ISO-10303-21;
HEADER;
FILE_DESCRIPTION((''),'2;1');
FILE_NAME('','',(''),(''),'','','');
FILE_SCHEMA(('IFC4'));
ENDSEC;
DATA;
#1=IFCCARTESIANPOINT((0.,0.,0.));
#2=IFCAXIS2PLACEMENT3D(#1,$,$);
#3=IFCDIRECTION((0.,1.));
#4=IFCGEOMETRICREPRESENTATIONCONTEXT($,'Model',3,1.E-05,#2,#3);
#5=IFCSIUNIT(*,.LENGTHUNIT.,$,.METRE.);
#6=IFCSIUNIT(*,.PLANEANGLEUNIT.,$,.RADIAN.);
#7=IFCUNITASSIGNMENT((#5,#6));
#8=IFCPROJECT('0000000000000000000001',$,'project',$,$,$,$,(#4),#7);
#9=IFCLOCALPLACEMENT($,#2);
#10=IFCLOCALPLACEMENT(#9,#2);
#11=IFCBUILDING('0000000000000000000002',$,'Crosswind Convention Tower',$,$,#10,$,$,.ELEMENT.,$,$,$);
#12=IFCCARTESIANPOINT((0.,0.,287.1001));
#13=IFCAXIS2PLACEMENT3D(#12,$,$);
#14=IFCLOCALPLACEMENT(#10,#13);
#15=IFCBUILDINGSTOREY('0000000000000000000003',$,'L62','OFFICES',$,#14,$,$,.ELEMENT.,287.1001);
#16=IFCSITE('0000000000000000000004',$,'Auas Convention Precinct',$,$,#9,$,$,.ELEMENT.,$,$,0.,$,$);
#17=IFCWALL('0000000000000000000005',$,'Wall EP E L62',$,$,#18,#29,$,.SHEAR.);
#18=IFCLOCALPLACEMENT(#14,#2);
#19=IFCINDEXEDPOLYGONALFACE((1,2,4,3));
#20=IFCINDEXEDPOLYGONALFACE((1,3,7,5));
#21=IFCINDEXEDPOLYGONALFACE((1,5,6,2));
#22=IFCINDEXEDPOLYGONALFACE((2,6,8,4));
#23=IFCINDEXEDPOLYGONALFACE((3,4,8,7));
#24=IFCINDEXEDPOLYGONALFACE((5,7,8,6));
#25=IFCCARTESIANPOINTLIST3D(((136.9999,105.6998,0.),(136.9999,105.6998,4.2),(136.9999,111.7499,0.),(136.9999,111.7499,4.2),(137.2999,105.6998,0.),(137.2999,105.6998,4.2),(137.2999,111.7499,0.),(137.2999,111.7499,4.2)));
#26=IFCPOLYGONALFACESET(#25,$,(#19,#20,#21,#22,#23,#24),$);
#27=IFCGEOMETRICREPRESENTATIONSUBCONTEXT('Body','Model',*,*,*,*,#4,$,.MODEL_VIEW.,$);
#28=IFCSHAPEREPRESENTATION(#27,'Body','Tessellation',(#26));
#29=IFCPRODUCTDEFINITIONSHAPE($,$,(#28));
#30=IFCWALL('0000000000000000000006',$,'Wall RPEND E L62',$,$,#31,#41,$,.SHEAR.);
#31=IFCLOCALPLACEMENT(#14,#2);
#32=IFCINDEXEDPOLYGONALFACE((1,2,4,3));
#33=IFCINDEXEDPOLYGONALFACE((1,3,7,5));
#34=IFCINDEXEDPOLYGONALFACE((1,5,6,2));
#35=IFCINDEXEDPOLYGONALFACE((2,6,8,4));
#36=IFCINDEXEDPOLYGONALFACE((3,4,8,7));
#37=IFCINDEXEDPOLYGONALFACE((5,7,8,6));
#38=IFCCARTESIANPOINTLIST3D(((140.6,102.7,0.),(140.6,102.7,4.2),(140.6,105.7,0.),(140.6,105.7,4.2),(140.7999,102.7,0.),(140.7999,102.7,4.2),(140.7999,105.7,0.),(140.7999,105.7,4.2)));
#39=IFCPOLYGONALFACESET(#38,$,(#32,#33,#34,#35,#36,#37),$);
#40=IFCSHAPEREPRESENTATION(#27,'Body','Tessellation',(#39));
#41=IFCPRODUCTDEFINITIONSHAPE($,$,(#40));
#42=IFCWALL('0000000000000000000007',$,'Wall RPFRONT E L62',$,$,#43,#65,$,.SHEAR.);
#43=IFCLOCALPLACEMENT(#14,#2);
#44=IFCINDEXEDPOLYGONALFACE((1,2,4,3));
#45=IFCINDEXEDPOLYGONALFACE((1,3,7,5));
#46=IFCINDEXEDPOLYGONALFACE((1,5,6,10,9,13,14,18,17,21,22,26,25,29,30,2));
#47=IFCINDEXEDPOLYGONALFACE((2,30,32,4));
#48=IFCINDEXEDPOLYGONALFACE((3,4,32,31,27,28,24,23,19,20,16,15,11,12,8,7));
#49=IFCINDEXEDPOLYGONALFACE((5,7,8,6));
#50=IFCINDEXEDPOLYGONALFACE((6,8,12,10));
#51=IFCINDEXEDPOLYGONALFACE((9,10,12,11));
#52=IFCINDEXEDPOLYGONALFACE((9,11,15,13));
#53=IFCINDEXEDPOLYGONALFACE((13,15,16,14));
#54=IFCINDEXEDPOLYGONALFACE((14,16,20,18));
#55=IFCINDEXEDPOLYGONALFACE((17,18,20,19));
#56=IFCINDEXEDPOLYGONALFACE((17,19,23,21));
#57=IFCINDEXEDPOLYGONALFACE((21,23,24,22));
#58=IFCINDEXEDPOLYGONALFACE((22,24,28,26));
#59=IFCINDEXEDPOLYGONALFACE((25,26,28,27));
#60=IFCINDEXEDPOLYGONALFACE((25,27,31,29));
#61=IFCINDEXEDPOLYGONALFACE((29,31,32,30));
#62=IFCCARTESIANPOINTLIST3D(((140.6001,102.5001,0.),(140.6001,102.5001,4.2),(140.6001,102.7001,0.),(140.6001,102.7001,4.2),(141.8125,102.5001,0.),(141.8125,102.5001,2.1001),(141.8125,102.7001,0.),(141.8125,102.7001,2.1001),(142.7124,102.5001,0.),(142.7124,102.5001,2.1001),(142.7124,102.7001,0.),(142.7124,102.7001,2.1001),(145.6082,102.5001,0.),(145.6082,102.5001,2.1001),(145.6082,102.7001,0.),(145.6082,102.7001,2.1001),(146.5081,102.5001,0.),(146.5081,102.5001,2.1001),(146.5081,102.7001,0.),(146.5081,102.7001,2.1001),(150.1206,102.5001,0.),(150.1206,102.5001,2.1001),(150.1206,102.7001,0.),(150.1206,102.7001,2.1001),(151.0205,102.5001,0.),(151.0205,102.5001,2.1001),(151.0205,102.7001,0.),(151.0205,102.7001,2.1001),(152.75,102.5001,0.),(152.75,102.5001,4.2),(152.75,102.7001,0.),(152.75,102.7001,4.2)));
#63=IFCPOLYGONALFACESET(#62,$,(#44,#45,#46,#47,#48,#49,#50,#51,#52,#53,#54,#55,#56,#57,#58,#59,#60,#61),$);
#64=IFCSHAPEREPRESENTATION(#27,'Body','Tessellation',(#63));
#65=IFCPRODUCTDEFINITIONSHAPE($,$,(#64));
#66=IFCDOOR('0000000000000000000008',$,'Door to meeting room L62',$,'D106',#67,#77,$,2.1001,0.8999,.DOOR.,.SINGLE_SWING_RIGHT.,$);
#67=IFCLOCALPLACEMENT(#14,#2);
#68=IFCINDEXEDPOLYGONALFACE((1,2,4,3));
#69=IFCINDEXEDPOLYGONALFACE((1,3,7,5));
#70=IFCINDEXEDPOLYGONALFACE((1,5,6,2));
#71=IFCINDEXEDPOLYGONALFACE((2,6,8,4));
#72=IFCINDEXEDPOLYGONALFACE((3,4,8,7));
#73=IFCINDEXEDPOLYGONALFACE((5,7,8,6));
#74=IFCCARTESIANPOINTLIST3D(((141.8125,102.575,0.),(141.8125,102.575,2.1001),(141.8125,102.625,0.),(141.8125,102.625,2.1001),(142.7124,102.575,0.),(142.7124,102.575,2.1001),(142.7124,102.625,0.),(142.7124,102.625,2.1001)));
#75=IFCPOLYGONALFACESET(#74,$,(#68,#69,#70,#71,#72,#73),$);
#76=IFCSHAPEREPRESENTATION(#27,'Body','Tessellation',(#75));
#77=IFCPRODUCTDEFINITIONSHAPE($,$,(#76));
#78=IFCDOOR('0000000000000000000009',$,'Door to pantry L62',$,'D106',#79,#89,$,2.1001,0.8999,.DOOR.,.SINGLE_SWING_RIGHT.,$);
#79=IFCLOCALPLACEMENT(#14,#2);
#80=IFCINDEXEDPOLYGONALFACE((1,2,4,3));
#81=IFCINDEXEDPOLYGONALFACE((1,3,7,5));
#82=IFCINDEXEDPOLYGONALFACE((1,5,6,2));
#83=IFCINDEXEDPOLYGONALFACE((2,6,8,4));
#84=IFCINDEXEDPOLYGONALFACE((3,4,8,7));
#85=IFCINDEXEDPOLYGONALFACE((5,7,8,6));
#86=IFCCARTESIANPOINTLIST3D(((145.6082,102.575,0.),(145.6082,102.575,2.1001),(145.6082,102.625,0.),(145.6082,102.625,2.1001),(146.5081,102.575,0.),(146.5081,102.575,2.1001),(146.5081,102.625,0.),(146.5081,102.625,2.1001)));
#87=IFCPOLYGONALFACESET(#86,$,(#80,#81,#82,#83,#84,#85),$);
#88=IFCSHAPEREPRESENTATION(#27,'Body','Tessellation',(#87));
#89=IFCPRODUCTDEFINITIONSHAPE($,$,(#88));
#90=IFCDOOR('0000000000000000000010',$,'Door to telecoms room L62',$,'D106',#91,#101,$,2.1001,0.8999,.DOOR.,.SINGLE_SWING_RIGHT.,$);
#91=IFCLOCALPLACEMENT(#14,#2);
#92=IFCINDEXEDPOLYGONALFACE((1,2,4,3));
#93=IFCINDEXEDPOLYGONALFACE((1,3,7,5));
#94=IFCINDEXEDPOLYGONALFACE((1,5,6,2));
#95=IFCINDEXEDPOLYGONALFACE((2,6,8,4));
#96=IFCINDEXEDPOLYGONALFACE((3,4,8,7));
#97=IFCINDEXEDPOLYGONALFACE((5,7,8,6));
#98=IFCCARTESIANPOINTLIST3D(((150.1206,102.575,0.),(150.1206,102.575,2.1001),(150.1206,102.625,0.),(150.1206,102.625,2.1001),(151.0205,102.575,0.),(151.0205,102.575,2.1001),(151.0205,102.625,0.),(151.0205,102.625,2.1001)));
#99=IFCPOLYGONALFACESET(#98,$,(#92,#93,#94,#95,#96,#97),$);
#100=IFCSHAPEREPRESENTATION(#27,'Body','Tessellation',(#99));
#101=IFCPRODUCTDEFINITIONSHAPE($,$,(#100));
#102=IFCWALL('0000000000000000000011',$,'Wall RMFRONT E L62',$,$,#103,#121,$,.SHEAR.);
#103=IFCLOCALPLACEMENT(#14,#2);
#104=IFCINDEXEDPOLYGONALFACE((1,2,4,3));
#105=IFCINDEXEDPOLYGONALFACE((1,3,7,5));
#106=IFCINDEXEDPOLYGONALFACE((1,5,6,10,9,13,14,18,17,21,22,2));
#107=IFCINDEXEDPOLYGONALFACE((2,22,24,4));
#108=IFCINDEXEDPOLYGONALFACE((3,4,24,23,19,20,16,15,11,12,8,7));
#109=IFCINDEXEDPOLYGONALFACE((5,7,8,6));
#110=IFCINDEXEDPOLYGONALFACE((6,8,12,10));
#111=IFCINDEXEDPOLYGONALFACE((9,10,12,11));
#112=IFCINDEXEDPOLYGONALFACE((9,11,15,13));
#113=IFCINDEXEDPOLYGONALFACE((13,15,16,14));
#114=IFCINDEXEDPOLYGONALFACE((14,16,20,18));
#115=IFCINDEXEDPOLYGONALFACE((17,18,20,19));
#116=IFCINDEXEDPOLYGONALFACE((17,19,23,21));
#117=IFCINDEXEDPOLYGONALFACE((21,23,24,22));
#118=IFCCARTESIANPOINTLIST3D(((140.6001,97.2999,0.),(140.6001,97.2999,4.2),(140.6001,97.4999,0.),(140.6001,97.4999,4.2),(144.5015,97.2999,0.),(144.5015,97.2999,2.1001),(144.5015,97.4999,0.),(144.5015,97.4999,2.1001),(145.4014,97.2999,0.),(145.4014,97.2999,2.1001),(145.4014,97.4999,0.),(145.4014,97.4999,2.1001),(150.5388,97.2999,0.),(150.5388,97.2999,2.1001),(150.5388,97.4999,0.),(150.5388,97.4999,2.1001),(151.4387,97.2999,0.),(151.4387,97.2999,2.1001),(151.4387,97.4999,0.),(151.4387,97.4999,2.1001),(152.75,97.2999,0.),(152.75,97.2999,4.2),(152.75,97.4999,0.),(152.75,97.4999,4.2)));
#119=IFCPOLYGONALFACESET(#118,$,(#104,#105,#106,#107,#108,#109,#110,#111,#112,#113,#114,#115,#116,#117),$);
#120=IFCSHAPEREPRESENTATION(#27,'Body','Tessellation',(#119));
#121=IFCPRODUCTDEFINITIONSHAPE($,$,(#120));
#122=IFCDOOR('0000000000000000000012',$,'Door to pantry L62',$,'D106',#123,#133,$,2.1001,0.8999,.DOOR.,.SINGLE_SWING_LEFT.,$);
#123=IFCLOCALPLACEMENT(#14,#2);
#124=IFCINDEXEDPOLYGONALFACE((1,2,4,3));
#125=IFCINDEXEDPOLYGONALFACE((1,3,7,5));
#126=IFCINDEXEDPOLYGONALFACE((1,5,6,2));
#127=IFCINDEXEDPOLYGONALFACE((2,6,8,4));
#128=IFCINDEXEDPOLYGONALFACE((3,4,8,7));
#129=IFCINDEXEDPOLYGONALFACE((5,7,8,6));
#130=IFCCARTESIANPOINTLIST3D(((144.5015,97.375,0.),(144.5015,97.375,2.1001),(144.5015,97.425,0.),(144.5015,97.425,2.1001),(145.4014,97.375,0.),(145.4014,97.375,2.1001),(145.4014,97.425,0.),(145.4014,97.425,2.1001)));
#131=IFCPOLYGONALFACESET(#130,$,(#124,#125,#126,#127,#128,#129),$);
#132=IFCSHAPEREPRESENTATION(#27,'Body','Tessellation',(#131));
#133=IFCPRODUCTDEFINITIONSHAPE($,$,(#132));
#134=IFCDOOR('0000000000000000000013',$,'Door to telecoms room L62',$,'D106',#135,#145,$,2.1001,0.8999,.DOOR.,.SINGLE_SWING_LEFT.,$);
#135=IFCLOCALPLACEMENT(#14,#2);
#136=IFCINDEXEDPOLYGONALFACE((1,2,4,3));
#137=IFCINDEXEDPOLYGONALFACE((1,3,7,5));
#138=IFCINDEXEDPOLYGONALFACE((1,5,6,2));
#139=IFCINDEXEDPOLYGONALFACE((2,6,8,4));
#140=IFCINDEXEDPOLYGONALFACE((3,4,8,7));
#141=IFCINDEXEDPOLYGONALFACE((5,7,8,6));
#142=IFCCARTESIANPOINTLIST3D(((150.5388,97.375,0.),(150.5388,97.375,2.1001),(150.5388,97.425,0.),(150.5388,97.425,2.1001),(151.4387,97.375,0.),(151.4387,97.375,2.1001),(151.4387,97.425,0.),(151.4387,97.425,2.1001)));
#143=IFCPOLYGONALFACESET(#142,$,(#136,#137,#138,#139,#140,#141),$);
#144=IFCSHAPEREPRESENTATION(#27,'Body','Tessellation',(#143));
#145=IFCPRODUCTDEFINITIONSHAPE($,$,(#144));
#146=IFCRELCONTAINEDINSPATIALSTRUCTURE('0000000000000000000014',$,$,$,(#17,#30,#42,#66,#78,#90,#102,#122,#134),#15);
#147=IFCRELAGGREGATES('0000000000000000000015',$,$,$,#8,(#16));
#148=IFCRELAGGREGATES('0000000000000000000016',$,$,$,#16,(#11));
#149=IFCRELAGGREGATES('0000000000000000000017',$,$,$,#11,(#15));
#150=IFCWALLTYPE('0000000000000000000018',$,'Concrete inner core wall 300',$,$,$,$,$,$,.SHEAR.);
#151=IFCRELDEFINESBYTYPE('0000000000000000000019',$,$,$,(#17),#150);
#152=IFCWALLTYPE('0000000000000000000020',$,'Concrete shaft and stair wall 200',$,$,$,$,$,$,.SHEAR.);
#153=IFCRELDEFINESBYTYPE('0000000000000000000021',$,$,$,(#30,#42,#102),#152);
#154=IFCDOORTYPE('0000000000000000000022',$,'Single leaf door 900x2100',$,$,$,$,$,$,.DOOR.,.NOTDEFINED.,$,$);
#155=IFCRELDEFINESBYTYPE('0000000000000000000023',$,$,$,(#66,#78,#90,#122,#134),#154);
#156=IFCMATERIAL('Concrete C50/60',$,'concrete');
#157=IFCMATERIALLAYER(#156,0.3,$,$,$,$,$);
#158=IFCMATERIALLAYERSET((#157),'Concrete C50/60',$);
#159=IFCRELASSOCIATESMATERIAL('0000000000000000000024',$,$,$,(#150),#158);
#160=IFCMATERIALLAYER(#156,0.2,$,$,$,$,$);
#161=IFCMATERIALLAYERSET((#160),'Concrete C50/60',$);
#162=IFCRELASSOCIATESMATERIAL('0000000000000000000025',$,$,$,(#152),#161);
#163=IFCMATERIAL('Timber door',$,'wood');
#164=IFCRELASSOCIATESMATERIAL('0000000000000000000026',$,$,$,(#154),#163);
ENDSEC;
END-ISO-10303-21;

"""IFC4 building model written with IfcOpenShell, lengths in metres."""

from ifc_helpers import new_model, si_unit, direction, frame, frame_2d, origin, place, context, subcontext, project, spatial, rectangle, extrude, material, layer, layer_set, type_object, element, fill, save


model = new_model("IFC4")

# Units and contexts
model_context = context("Model", 3, precision=1e-05, world=origin(), true_north=direction((0.0, 1.0)))
body_context = subcontext(model_context, "Body", "Model", "MODEL_VIEW")
ifc_project = project(units=[si_unit("LENGTHUNIT", "METRE"), si_unit("PLANEANGLEUNIT", "RADIAN")], contexts=[model_context])

# Site, building, storey
site_placement = place(None, origin())
site = spatial("IfcSite", under=ifc_project, at=site_placement, Name="Auas Convention Precinct", CompositionType="ELEMENT", RefElevation=0.0)
building_placement = place(site_placement, origin())
building = spatial("IfcBuilding", under=site, at=building_placement, Name="Crosswind Convention Tower", CompositionType="ELEMENT")
storey_placement = place(building_placement, frame((0.0, 0.0, 287.1001)))
storey = spatial("IfcBuildingStorey", under=building, at=storey_placement, Name="L62", Description="OFFICES", CompositionType="ELEMENT", Elevation=287.1001)

# Walls
ifc_material_1 = material(Name="Concrete C50/60", Category="concrete")
ifc_layer_1 = layer(ifc_material_1, 0.3)
ifc_layer_set_1 = layer_set([ifc_layer_1], Name="Concrete C50/60")
wall_type_1 = type_object("IfcWallType", Name="Concrete inner core wall 300", PredefinedType="SHEAR", material=ifc_layer_set_1)
wall_1_placement = place(storey_placement, frame((137.1499, 105.7, 0.0), z_axis=(0.0, 0.0, 1.0), x_axis=(0.0, 1.0, 0.0)))
element("IfcWall", 1, at=wall_1_placement, inside=storey, type_object=wall_type_1, Name="Wall EP E L62", PredefinedType="SHEAR", context=body_context, shape_type="SweptSolid", body=[
    extrude(rectangle(XDim=6.05, YDim=0.3, at=frame_2d((3.0249, 0.0))), origin(), (0.0, 0.0, 1.0), 4.2),
])
ifc_layer_2 = layer(ifc_material_1, 0.2)
ifc_layer_set_2 = layer_set([ifc_layer_2], Name="Concrete C50/60")
wall_type_2 = type_object("IfcWallType", Name="Concrete shaft and stair wall 200", PredefinedType="SHEAR", material=ifc_layer_set_2)
wall_2_placement = place(storey_placement, frame((140.7, 102.7, 0.0), z_axis=(0.0, 0.0, 1.0), x_axis=(0.0, 1.0, 0.0)))
element("IfcWall", 2, at=wall_2_placement, inside=storey, type_object=wall_type_2, Name="Wall RPEND E L62", PredefinedType="SHEAR", context=body_context, shape_type="SweptSolid", body=[
    extrude(rectangle(XDim=3.0, YDim=0.2, at=frame_2d((1.5, 0.0))), origin(), (0.0, 0.0, 1.0), 4.2),
])

# Walls, openings, doors
wall_3_placement = place(storey_placement, frame((140.6001, 102.6001, 0.0), z_axis=(0.0, 0.0, 1.0), x_axis=(1.0, 0.0, 0.0)))
wall_3 = element("IfcWall", 3, at=wall_3_placement, inside=storey, type_object=wall_type_2, Name="Wall RPFRONT E L62", PredefinedType="SHEAR", context=body_context, shape_type="SweptSolid", body=[
    extrude(rectangle(XDim=12.1499, YDim=0.2, at=frame_2d((6.075, 0.0))), origin(), (0.0, 0.0, 1.0), 4.2),
])
opening_1_placement = place(wall_3_placement, frame((1.2124, 0.0, 0.0)))
opening_1 = element("IfcOpeningElement", 4, at=opening_1_placement, cuts=wall_3, PredefinedType="OPENING", context=body_context, shape_type="SweptSolid", body=[
    extrude(rectangle(XDim=0.8999, YDim=2.1001, at=frame_2d((0.45, 1.05))), frame((0.0, 0.1099, 0.0), z_axis=(0.0, -1.0, 0.0), x_axis=(1.0, 0.0, 0.0)), (0.0, 0.0, 1.0), 0.22),
])
opening_2_placement = place(wall_3_placement, frame((5.0081, 0.0, 0.0)))
opening_2 = element("IfcOpeningElement", 5, at=opening_2_placement, cuts=wall_3, PredefinedType="OPENING", context=body_context, shape_type="SweptSolid", body=[
    extrude(rectangle(XDim=0.8999, YDim=2.1001, at=frame_2d((0.45, 1.05))), frame((0.0, 0.1099, 0.0), z_axis=(0.0, -1.0, 0.0), x_axis=(1.0, 0.0, 0.0)), (0.0, 0.0, 1.0), 0.22),
])
opening_3_placement = place(wall_3_placement, frame((9.5205, 0.0, 0.0)))
opening_3 = element("IfcOpeningElement", 6, at=opening_3_placement, cuts=wall_3, PredefinedType="OPENING", context=body_context, shape_type="SweptSolid", body=[
    extrude(rectangle(XDim=0.8999, YDim=2.1001, at=frame_2d((0.45, 1.05))), frame((0.0, 0.1099, 0.0), z_axis=(0.0, -1.0, 0.0), x_axis=(1.0, 0.0, 0.0)), (0.0, 0.0, 1.0), 0.22),
])
ifc_material_2 = material(Name="Timber door", Category="wood")
door_type_1 = type_object("IfcDoorType", Name="Single leaf door 900x2100", OperationType="NOTDEFINED", PredefinedType="DOOR", material=ifc_material_2)
door_1_placement = place(opening_1_placement, origin())
door_1 = element("IfcDoor", 7, at=door_1_placement, inside=storey, type_object=door_type_1, Name="Door to meeting room L62", ObjectType="D106", OperationType="SINGLE_SWING_RIGHT", OverallHeight=2.1001, OverallWidth=0.8999, PredefinedType="DOOR", context=body_context, shape_type="SweptSolid", body=[
    extrude(rectangle(XDim=0.8999, YDim=2.1001, at=frame_2d((0.45, 1.05))), frame((0.0, 0.0249, 0.0), z_axis=(0.0, -1.0, 0.0), x_axis=(1.0, 0.0, 0.0)), (0.0, 0.0, 1.0), 0.05),
])
fill(opening_1, door_1)
door_2_placement = place(opening_2_placement, origin())
door_2 = element("IfcDoor", 8, at=door_2_placement, inside=storey, type_object=door_type_1, Name="Door to pantry L62", ObjectType="D106", OperationType="SINGLE_SWING_RIGHT", OverallHeight=2.1001, OverallWidth=0.8999, PredefinedType="DOOR", context=body_context, shape_type="SweptSolid", body=[
    extrude(rectangle(XDim=0.8999, YDim=2.1001, at=frame_2d((0.45, 1.05))), frame((0.0, 0.0249, 0.0), z_axis=(0.0, -1.0, 0.0), x_axis=(1.0, 0.0, 0.0)), (0.0, 0.0, 1.0), 0.05),
])
fill(opening_2, door_2)
door_3_placement = place(opening_3_placement, origin())
door_3 = element("IfcDoor", 9, at=door_3_placement, inside=storey, type_object=door_type_1, Name="Door to telecoms room L62", ObjectType="D106", OperationType="SINGLE_SWING_RIGHT", OverallHeight=2.1001, OverallWidth=0.8999, PredefinedType="DOOR", context=body_context, shape_type="SweptSolid", body=[
    extrude(rectangle(XDim=0.8999, YDim=2.1001, at=frame_2d((0.45, 1.05))), frame((0.0, 0.0249, 0.0), z_axis=(0.0, -1.0, 0.0), x_axis=(1.0, 0.0, 0.0)), (0.0, 0.0, 1.0), 0.05),
])
fill(opening_3, door_3)
wall_4_placement = place(storey_placement, frame((140.6001, 97.3999, 0.0), z_axis=(0.0, 0.0, 1.0), x_axis=(1.0, 0.0, 0.0)))
wall_4 = element("IfcWall", 10, at=wall_4_placement, inside=storey, type_object=wall_type_2, Name="Wall RMFRONT E L62", PredefinedType="SHEAR", context=body_context, shape_type="SweptSolid", body=[
    extrude(rectangle(XDim=12.1499, YDim=0.2, at=frame_2d((6.075, 0.0))), origin(), (0.0, 0.0, 1.0), 4.2),
])
opening_4_placement = place(wall_4_placement, frame((3.9014, 0.0, 0.0)))
opening_4 = element("IfcOpeningElement", 11, at=opening_4_placement, cuts=wall_4, PredefinedType="OPENING", context=body_context, shape_type="SweptSolid", body=[
    extrude(rectangle(XDim=0.8999, YDim=2.1001, at=frame_2d((0.45, 1.05))), frame((0.0, 0.1099, 0.0), z_axis=(0.0, -1.0, 0.0), x_axis=(1.0, 0.0, 0.0)), (0.0, 0.0, 1.0), 0.22),
])
opening_5_placement = place(wall_4_placement, frame((9.9387, 0.0, 0.0)))
opening_5 = element("IfcOpeningElement", 12, at=opening_5_placement, cuts=wall_4, PredefinedType="OPENING", context=body_context, shape_type="SweptSolid", body=[
    extrude(rectangle(XDim=0.8999, YDim=2.1001, at=frame_2d((0.45, 1.05))), frame((0.0, 0.1099, 0.0), z_axis=(0.0, -1.0, 0.0), x_axis=(1.0, 0.0, 0.0)), (0.0, 0.0, 1.0), 0.22),
])
door_4_placement = place(opening_4_placement, frame((0.8999, 0.0, 0.0), z_axis=(0.0, 0.0, 1.0), x_axis=(-1.0, 0.0, 0.0)))
door_4 = element("IfcDoor", 13, at=door_4_placement, inside=storey, type_object=door_type_1, Name="Door to pantry L62", ObjectType="D106", OperationType="SINGLE_SWING_LEFT", OverallHeight=2.1001, OverallWidth=0.8999, PredefinedType="DOOR", context=body_context, shape_type="SweptSolid", body=[
    extrude(rectangle(XDim=0.8999, YDim=2.1001, at=frame_2d((0.45, 1.05))), frame((0.0, 0.0249, 0.0), z_axis=(0.0, -1.0, 0.0), x_axis=(1.0, 0.0, 0.0)), (0.0, 0.0, 1.0), 0.05),
])
fill(opening_4, door_4)
door_5_placement = place(opening_5_placement, frame((0.8999, 0.0, 0.0), z_axis=(0.0, 0.0, 1.0), x_axis=(-1.0, 0.0, 0.0)))
door_5 = element("IfcDoor", 14, at=door_5_placement, inside=storey, type_object=door_type_1, Name="Door to telecoms room L62", ObjectType="D106", OperationType="SINGLE_SWING_LEFT", OverallHeight=2.1001, OverallWidth=0.8999, PredefinedType="DOOR", context=body_context, shape_type="SweptSolid", body=[
    extrude(rectangle(XDim=0.8999, YDim=2.1001, at=frame_2d((0.45, 1.05))), frame((0.0, 0.0249, 0.0), z_axis=(0.0, -1.0, 0.0), x_axis=(1.0, 0.0, 0.0)), (0.0, 0.0, 1.0), 0.05),
])
fill(opening_5, door_5)

save(model, "model.ifc")
